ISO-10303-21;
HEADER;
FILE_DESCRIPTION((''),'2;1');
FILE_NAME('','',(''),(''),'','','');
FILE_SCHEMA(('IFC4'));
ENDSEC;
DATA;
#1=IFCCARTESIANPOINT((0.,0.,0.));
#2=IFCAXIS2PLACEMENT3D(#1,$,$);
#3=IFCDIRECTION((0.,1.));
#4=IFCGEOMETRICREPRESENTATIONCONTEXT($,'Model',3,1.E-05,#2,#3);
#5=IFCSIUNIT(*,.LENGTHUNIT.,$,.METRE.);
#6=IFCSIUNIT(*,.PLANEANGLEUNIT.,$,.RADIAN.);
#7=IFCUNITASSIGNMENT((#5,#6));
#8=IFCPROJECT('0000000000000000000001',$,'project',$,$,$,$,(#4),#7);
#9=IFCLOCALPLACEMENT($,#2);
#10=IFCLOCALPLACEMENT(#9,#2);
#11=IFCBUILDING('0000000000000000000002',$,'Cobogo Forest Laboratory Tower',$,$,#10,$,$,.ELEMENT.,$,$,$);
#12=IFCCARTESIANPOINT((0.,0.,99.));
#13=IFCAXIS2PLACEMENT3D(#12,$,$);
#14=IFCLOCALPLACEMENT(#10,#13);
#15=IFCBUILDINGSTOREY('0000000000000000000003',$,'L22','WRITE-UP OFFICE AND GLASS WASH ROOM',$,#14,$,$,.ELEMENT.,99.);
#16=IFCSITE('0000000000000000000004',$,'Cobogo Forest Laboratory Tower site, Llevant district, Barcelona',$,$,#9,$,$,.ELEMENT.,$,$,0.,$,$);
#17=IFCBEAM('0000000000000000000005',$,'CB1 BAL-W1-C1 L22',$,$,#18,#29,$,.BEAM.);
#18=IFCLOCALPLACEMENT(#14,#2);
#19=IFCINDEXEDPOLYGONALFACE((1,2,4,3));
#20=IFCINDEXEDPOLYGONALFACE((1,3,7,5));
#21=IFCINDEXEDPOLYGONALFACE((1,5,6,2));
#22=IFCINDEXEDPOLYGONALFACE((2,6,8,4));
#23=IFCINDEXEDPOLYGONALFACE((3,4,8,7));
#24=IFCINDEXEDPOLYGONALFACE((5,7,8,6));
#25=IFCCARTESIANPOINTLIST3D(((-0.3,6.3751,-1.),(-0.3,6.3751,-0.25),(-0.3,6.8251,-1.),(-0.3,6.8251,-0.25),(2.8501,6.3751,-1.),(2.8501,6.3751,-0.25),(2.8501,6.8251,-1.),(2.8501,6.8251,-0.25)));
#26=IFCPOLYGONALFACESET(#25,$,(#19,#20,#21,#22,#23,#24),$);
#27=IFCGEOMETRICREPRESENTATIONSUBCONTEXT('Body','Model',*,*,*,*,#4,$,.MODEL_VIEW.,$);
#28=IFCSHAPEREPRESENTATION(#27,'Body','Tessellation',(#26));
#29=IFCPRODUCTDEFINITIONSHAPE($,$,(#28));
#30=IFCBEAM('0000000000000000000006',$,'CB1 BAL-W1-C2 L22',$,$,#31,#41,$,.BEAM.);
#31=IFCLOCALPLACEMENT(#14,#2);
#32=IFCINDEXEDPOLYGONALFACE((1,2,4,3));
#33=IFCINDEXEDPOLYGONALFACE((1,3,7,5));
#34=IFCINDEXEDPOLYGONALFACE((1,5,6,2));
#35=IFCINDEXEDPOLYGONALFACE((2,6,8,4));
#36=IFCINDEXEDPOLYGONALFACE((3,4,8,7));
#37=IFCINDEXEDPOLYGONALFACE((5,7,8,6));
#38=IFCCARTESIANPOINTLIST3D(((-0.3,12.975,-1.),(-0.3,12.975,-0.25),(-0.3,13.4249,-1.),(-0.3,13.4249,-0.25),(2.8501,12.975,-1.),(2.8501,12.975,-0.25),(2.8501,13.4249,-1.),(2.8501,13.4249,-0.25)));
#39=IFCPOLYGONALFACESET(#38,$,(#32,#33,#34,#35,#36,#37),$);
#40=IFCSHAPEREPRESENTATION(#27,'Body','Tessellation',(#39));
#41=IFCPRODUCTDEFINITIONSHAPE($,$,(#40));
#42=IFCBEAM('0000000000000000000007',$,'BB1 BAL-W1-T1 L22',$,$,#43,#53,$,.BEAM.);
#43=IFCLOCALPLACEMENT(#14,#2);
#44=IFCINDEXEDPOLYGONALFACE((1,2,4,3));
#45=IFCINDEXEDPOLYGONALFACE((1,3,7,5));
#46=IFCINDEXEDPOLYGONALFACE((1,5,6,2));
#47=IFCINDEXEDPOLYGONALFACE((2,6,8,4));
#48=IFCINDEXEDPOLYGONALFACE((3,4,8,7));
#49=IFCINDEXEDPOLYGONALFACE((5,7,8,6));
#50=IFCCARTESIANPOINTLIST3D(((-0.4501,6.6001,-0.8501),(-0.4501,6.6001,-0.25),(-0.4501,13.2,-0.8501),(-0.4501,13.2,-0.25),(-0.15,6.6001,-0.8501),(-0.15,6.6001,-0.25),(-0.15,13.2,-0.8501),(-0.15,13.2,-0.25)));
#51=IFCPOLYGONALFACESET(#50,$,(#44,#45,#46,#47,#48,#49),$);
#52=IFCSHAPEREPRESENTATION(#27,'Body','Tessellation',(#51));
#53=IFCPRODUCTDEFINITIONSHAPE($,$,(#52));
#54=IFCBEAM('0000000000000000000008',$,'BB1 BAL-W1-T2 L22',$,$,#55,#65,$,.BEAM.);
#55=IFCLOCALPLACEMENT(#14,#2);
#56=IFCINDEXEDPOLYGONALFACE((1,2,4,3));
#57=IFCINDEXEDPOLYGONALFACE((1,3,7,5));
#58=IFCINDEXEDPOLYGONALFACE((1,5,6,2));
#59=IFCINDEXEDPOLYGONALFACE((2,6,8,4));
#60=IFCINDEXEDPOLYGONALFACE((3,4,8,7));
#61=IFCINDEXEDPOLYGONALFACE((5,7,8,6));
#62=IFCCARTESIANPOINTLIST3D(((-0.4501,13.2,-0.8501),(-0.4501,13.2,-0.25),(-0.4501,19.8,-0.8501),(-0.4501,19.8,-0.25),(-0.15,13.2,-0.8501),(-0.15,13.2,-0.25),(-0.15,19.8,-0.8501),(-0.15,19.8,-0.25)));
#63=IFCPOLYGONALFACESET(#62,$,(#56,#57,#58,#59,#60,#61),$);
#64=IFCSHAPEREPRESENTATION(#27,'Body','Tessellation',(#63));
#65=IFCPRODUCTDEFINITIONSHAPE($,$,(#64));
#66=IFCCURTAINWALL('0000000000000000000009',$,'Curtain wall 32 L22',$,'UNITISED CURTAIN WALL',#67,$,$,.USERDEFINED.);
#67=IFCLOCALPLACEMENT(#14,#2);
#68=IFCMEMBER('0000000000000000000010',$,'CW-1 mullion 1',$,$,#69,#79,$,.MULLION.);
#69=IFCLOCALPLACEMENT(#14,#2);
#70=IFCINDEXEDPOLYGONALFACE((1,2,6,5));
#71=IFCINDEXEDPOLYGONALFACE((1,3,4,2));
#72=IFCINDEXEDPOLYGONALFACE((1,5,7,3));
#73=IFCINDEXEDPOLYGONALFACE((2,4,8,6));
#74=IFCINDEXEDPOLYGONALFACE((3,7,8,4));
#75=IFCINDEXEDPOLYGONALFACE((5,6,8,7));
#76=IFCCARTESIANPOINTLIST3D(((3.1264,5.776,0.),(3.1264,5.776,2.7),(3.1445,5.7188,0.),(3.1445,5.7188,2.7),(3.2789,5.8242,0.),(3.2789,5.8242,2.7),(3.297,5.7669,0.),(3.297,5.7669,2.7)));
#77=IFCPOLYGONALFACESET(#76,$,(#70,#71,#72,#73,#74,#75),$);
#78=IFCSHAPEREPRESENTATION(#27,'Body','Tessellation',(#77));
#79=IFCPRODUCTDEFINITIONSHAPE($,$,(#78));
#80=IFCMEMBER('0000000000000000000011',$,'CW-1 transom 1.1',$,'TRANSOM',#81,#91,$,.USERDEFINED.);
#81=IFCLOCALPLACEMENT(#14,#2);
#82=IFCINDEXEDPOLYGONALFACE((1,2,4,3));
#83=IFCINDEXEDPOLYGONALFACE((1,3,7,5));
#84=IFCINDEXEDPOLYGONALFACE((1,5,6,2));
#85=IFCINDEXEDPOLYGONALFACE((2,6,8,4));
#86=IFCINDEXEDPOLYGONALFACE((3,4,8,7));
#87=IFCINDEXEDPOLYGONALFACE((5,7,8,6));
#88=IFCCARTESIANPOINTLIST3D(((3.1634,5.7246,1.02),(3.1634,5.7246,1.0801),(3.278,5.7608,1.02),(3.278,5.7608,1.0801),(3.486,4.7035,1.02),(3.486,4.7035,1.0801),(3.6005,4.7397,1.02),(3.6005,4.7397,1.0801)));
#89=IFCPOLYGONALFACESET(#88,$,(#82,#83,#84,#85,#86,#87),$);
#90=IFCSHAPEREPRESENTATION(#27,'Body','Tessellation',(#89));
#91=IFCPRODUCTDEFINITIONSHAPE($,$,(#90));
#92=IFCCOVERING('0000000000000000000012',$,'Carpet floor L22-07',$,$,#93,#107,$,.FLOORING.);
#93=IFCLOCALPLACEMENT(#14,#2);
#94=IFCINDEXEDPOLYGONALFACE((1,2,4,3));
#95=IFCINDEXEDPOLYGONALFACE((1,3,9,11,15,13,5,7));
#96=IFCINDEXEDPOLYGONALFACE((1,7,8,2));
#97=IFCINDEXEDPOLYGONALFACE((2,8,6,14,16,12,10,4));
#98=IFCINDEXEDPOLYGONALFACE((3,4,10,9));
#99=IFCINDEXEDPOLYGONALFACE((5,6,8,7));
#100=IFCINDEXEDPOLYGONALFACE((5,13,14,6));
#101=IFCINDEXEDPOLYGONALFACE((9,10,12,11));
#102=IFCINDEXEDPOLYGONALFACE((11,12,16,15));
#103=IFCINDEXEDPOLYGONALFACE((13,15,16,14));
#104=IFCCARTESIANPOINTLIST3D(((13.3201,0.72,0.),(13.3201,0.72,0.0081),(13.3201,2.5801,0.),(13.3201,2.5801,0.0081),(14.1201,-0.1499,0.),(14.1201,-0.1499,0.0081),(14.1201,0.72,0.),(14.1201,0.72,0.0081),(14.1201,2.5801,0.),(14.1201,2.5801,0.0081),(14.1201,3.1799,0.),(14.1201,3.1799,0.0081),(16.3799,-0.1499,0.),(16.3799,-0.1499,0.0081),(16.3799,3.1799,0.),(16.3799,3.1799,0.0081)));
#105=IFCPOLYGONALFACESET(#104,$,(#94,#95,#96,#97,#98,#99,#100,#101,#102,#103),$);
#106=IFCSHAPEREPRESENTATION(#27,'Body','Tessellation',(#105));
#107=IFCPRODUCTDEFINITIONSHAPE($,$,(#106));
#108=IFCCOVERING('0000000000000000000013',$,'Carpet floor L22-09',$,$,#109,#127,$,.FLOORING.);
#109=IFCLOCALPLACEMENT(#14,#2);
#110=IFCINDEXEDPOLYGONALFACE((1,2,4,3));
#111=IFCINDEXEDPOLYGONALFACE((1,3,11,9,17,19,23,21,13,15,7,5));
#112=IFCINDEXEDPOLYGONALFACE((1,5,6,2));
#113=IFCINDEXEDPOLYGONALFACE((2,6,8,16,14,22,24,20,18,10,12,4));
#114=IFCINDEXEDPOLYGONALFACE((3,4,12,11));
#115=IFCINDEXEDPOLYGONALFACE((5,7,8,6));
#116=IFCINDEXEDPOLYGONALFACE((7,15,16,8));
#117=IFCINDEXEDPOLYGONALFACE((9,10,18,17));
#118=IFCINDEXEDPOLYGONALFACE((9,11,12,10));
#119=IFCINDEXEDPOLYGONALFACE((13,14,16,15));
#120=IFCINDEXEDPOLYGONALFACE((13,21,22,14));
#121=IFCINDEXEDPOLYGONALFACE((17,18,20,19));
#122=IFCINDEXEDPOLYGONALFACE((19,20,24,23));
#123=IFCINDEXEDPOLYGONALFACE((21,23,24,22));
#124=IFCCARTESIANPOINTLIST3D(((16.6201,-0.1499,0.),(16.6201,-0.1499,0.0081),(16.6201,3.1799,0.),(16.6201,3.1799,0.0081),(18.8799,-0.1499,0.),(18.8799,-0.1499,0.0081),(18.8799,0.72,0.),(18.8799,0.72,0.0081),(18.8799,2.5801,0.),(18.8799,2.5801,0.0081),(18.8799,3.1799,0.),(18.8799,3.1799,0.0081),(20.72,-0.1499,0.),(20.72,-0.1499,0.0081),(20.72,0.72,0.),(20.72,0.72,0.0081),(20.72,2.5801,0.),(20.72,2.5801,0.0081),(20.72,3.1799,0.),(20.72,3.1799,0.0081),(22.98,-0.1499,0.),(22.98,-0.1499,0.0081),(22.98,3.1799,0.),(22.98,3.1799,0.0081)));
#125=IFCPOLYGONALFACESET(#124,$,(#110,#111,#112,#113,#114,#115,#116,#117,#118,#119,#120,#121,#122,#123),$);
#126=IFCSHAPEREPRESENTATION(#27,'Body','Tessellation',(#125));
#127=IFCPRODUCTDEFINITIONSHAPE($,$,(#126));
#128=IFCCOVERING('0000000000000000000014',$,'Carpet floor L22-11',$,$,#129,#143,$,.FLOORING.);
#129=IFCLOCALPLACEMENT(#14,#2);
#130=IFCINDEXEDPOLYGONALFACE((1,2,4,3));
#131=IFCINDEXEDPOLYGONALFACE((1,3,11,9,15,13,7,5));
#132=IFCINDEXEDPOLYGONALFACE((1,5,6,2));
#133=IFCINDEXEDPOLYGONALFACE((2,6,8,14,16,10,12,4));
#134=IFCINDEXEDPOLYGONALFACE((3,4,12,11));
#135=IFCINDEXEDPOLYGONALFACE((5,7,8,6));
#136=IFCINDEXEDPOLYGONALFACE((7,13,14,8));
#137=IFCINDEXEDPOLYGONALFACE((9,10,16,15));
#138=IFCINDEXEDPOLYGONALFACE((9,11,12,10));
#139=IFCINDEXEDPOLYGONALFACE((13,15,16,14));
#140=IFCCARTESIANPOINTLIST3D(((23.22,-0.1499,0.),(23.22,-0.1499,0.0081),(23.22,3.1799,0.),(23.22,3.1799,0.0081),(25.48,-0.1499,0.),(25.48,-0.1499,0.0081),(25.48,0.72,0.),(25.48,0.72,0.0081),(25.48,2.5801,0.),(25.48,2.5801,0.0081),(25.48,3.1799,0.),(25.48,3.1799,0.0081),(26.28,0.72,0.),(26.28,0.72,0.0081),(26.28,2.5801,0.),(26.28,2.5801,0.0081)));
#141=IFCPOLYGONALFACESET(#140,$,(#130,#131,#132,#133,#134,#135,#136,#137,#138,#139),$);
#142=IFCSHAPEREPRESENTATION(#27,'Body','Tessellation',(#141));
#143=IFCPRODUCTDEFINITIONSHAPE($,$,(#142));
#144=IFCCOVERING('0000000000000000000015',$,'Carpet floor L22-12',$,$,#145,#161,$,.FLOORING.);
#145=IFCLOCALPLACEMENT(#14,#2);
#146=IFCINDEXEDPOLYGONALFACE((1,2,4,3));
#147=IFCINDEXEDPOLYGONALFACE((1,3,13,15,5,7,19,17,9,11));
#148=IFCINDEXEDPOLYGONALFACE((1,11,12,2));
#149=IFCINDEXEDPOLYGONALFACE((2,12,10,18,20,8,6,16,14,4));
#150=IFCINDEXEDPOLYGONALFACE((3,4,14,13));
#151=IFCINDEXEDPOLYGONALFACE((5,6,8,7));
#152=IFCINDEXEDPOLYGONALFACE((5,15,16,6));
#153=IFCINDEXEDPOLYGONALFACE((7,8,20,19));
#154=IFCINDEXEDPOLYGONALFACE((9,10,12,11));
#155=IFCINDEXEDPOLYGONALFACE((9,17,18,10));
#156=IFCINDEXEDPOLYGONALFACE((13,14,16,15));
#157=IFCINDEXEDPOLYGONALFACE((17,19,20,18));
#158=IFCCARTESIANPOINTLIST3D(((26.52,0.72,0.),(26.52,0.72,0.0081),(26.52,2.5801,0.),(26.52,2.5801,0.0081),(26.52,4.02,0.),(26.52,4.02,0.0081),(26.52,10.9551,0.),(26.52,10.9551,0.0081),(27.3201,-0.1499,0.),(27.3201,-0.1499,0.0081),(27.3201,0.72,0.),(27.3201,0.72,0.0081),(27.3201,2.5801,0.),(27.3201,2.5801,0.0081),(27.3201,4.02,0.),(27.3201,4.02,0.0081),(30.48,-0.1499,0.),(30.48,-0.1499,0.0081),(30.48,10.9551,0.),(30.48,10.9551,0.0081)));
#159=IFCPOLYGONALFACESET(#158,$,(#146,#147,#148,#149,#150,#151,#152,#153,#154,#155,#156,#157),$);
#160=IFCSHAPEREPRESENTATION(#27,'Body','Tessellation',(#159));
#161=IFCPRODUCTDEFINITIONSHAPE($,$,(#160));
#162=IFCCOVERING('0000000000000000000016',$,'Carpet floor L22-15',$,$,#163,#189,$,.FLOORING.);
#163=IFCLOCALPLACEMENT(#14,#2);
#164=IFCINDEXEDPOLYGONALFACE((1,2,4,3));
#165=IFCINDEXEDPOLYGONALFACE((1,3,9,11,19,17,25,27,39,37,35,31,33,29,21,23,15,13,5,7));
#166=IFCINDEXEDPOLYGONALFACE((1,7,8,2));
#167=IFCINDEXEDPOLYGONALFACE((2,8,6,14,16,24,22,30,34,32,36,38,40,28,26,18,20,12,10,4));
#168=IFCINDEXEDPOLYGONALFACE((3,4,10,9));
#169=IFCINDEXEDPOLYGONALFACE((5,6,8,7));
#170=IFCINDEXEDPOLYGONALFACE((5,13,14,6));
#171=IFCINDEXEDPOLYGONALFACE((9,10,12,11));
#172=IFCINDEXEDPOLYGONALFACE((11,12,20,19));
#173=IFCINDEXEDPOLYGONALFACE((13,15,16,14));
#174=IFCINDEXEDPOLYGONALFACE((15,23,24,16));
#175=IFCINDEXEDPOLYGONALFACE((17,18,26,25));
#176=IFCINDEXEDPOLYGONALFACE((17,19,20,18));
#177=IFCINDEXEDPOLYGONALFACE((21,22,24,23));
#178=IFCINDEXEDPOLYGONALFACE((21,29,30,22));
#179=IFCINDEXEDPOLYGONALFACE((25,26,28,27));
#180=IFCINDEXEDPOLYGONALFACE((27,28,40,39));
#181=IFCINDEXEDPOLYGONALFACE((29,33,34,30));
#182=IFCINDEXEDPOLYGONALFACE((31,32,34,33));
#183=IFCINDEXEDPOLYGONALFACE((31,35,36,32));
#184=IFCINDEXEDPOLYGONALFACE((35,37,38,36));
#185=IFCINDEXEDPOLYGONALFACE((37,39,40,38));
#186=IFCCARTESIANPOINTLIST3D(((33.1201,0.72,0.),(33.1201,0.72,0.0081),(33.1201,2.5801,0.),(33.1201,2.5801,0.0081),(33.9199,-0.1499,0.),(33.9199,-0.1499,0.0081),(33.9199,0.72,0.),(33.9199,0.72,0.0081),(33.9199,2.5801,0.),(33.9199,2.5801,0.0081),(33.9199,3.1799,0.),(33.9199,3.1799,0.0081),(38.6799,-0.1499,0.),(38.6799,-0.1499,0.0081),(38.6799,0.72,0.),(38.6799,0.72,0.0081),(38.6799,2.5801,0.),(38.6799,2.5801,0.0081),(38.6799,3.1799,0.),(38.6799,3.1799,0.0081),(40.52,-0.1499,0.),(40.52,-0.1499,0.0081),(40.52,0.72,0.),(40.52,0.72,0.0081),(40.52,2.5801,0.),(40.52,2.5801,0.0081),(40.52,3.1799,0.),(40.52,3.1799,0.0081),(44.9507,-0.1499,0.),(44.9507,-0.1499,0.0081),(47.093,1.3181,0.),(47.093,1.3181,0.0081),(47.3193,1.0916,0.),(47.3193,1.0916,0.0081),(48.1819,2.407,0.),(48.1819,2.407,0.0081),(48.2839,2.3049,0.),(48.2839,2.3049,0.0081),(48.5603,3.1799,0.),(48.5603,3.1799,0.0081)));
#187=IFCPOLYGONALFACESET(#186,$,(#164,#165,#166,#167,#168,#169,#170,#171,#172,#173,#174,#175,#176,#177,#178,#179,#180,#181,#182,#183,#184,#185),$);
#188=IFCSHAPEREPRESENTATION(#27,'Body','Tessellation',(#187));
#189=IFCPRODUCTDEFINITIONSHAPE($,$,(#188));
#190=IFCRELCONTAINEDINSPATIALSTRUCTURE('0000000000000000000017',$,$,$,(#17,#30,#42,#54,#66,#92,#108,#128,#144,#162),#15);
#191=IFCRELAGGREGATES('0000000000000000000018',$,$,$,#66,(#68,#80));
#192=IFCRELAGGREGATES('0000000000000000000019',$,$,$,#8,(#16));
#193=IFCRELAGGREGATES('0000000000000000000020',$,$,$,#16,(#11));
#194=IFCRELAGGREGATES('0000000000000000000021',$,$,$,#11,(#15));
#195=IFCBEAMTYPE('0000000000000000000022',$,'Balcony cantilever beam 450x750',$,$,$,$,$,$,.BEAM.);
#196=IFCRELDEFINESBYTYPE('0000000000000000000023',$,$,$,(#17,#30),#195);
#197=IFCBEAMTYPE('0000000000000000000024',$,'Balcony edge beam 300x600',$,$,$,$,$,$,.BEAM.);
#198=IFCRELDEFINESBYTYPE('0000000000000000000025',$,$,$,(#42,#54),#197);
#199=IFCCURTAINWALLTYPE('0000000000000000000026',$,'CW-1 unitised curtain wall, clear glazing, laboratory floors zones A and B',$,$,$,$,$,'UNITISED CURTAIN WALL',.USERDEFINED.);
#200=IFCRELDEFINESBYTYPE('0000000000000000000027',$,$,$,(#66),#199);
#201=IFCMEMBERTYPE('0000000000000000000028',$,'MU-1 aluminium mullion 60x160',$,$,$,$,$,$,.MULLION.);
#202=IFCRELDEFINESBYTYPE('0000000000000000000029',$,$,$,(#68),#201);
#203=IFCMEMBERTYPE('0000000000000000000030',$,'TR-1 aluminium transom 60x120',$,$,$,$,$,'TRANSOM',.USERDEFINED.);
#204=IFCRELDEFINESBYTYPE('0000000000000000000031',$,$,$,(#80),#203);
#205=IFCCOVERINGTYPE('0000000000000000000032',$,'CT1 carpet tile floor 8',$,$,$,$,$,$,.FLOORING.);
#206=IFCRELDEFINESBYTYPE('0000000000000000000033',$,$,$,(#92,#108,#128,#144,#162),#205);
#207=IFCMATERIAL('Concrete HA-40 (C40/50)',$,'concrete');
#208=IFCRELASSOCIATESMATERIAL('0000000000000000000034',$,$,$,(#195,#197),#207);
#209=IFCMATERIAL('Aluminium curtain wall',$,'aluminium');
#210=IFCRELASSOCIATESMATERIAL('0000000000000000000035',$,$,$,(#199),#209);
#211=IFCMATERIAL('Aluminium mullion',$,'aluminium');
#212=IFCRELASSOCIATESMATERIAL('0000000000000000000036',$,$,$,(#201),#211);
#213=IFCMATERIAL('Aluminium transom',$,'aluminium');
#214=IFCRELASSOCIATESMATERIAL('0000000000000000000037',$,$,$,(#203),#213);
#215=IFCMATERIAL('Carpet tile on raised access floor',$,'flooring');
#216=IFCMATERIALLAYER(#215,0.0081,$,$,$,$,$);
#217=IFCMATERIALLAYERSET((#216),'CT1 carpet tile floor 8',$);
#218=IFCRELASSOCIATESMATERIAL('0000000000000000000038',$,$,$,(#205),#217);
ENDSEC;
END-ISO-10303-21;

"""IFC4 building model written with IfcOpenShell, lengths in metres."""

from ifc_helpers import new_model, si_unit, direction, frame, origin, origin_2d, place, context, subcontext, project, spatial, polyline, rectangle, outline, extrude, material, layer, layer_set, material_profile, profile_set, type_object, element, aggregate, save


model = new_model("IFC4")

# Units and contexts
model_context = context("Model", 3, precision=1e-05, world=origin(), true_north=direction((0.0, 1.0)))
body_context = subcontext(model_context, "Body", "Model", "MODEL_VIEW")
ifc_project = project(units=[si_unit("LENGTHUNIT", "METRE"), si_unit("PLANEANGLEUNIT", "RADIAN")], contexts=[model_context])

# Site, building, storey
site_placement = place(None, origin())
site = spatial("IfcSite", under=ifc_project, at=site_placement, Name="Cobogo Forest Laboratory Tower site, Llevant district, Barcelona", CompositionType="ELEMENT", RefElevation=0.0)
building_placement = place(site_placement, origin())
building = spatial("IfcBuilding", under=site, at=building_placement, Name="Cobogo Forest Laboratory Tower", CompositionType="ELEMENT")
storey_placement = place(building_placement, frame((0.0, 0.0, 99.0)))
storey = spatial("IfcBuildingStorey", under=building, at=storey_placement, Name="L22", Description="WRITE-UP OFFICE AND GLASS WASH ROOM", CompositionType="ELEMENT", Elevation=99.0)

# Beams
ifc_material_1 = material(Name="Concrete HA-40 (C40/50)", Category="concrete")
ifc_material_profile_1 = material_profile(ifc_material_1, rectangle(XDim=0.45, YDim=0.75, at=origin_2d()), Name="RC 450x750")
ifc_profile_set_1 = profile_set([ifc_material_profile_1], Name="Concrete HA-40 (C40/50)")
beam_type_1 = type_object("IfcBeamType", Name="Balcony cantilever beam 450x750", PredefinedType="BEAM", material=ifc_profile_set_1)
for number, where, z_axis, x_axis, name in (
    (1, (2.8501, 6.6001, -0.625), (-1.0, 0.0, 0.0), (0.0, -1.0, 0.0), "CB1 BAL-W1-C1 L22"),
    (2, (2.8501, 13.2, -0.625), (-1.0, 0.0, 0.0), (0.0, -1.0, 0.0), "CB1 BAL-W1-C2 L22"),
):
    element("IfcBeam", number, at=place(storey_placement, frame(where, z_axis=z_axis, x_axis=x_axis)), inside=storey, type_object=beam_type_1, Name=name, PredefinedType="BEAM", context=body_context, shape_type="SweptSolid", body=[
        extrude(rectangle(XDim=0.45, YDim=0.75, at=origin_2d()), origin(), (0.0, 0.0, 1.0), 3.1501),
    ])
ifc_material_profile_2 = material_profile(ifc_material_1, rectangle(XDim=0.3, YDim=0.6001, at=origin_2d()), Name="RC 300x600")
ifc_profile_set_2 = profile_set([ifc_material_profile_2], Name="Concrete HA-40 (C40/50)")
beam_type_2 = type_object("IfcBeamType", Name="Balcony edge beam 300x600", PredefinedType="BEAM", material=ifc_profile_set_2)
beam_1_placement = place(storey_placement, frame((-0.3, 6.6001, -0.55), z_axis=(0.0, 1.0, 0.0), x_axis=(-1.0, 0.0, 0.0)))
element("IfcBeam", 3, at=beam_1_placement, inside=storey, type_object=beam_type_2, Name="BB1 BAL-W1-T1 L22", PredefinedType="BEAM", context=body_context, shape_type="SweptSolid", body=[
    extrude(rectangle(XDim=0.3, YDim=0.6001, at=origin_2d()), origin(), (0.0, 0.0, 1.0), 6.5999),
])
beam_2_placement = place(storey_placement, frame((-0.3, 13.2, -0.55), z_axis=(0.0, 1.0, 0.0), x_axis=(-1.0, 0.0, 0.0)))
element("IfcBeam", 4, at=beam_2_placement, inside=storey, type_object=beam_type_2, Name="BB1 BAL-W1-T2 L22", PredefinedType="BEAM", context=body_context, shape_type="SweptSolid", body=[
    extrude(rectangle(XDim=0.3, YDim=0.6001, at=origin_2d()), origin(), (0.0, 0.0, 1.0), 6.6001),
])

# Curtain wall, members
ifc_material_2 = material(Name="Aluminium curtain wall", Category="aluminium")
curtain_wall_type = type_object("IfcCurtainWallType", Name="CW-1 unitised curtain wall, clear glazing, laboratory floors zones A and B", ElementType="UNITISED CURTAIN WALL", PredefinedType="USERDEFINED", material=ifc_material_2)
curtain_wall_placement = place(storey_placement, origin())
curtain_wall = element("IfcCurtainWall", 5, at=curtain_wall_placement, inside=storey, type_object=curtain_wall_type, Name="Curtain wall 32 L22", ObjectType="UNITISED CURTAIN WALL", PredefinedType="USERDEFINED")
ifc_material_3 = material(Name="Aluminium mullion", Category="aluminium")
ifc_material_profile_3 = material_profile(ifc_material_3, rectangle(XDim=0.0601, YDim=0.1599, at=origin_2d()), Name="AL 60x160")
ifc_profile_set_3 = profile_set([ifc_material_profile_3], Name="Aluminium mullion")
member_type_1 = type_object("IfcMemberType", Name="MU-1 aluminium mullion 60x160", PredefinedType="MULLION", material=ifc_profile_set_3)
member_1_placement = place(storey_placement, frame((3.2117, 5.7715, 0.0), z_axis=(0.0, 0.0, 1.0), x_axis=(0.301136, -0.953581, 0.0)))
member_1 = element("IfcMember", 6, at=member_1_placement, type_object=member_type_1, Name="CW-1 mullion 1", PredefinedType="MULLION", context=body_context, shape_type="SweptSolid", body=[
    extrude(rectangle(XDim=0.0601, YDim=0.1599, at=origin_2d()), origin(), (0.0, 0.0, 1.0), 2.7),
])
ifc_material_4 = material(Name="Aluminium transom", Category="aluminium")
ifc_material_profile_4 = material_profile(ifc_material_4, rectangle(XDim=0.1201, YDim=0.0601, at=origin_2d()), Name="AL 60x120")
ifc_profile_set_4 = profile_set([ifc_material_profile_4], Name="Aluminium transom")
member_type_2 = type_object("IfcMemberType", Name="TR-1 aluminium transom 60x120", ElementType="TRANSOM", PredefinedType="USERDEFINED", material=ifc_profile_set_4)
member_2_placement = place(storey_placement, frame((3.2207, 5.7427, 1.05), z_axis=(0.301208, -0.953559, 0.0), x_axis=(0.953559, 0.301208, 0.0)))
member_2 = element("IfcMember", 7, at=member_2_placement, type_object=member_type_2, Name="CW-1 transom 1.1", ObjectType="TRANSOM", PredefinedType="USERDEFINED", context=body_context, shape_type="SweptSolid", body=[
    extrude(rectangle(XDim=0.1201, YDim=0.0601, at=origin_2d()), origin(), (0.0, 0.0, 1.0), 1.0708),
])
aggregate(curtain_wall, [member_1, member_2])

# Coverings
ifc_material_5 = material(Name="Carpet tile on raised access floor", Category="flooring")
ifc_layer_1 = layer(ifc_material_5, 0.0081)
ifc_layer_set_1 = layer_set([ifc_layer_1], Name="CT1 carpet tile floor 8")
covering_type_1 = type_object("IfcCoveringType", Name="CT1 carpet tile floor 8", PredefinedType="FLOORING", material=ifc_layer_set_1)
covering_1_placement = place(storey_placement, origin())
element("IfcCovering", 8, at=covering_1_placement, inside=storey, type_object=covering_type_1, Name="Carpet floor L22-07", PredefinedType="FLOORING", context=body_context, shape_type="SweptSolid", body=[
    extrude(outline(polyline([(16.3799, 3.1799), (16.3799, -0.1499), (14.1201, -0.1499), (14.1201, 0.72), (13.3201, 0.72), (13.3201, 2.5801), (14.1201, 2.5801), (14.1201, 3.1799), (16.3799, 3.1799)])), origin(), (0.0, 0.0, 1.0), 0.0081),
])
covering_2_placement = place(storey_placement, origin())
element("IfcCovering", 9, at=covering_2_placement, inside=storey, type_object=covering_type_1, Name="Carpet floor L22-09", PredefinedType="FLOORING", context=body_context, shape_type="SweptSolid", body=[
    extrude(outline(polyline([(18.8799, 3.1799), (18.8799, 2.5801), (20.72, 2.5801), (20.72, 3.1799), (22.98, 3.1799), (22.98, -0.1499), (20.72, -0.1499), (20.72, 0.72), (18.8799, 0.72), (18.8799, -0.1499), (16.6201, -0.1499), (16.6201, 3.1799), (18.8799, 3.1799)])), origin(), (0.0, 0.0, 1.0), 0.0081),
])
covering_3_placement = place(storey_placement, origin())
element("IfcCovering", 10, at=covering_3_placement, inside=storey, type_object=covering_type_1, Name="Carpet floor L22-11", PredefinedType="FLOORING", context=body_context, shape_type="SweptSolid", body=[
    extrude(outline(polyline([(25.48, 3.1799), (25.48, 2.5801), (26.28, 2.5801), (26.28, 0.72), (25.48, 0.72), (25.48, -0.1499), (23.22, -0.1499), (23.22, 3.1799), (25.48, 3.1799)])), origin(), (0.0, 0.0, 1.0), 0.0081),
])
covering_4_placement = place(storey_placement, origin())
element("IfcCovering", 11, at=covering_4_placement, inside=storey, type_object=covering_type_1, Name="Carpet floor L22-12", PredefinedType="FLOORING", context=body_context, shape_type="SweptSolid", body=[
    extrude(outline(polyline([(30.48, 10.9551), (30.48, -0.1499), (27.3201, -0.1499), (27.3201, 0.72), (26.52, 0.72), (26.52, 2.5801), (27.3201, 2.5801), (27.3201, 4.02), (26.52, 4.02), (26.52, 10.9551), (30.48, 10.9551)])), origin(), (0.0, 0.0, 1.0), 0.0081),
])
covering_5_placement = place(storey_placement, origin())
element("IfcCovering", 12, at=covering_5_placement, inside=storey, type_object=covering_type_1, Name="Carpet floor L22-15", PredefinedType="FLOORING", context=body_context, shape_type="SweptSolid", body=[
    extrude(outline(polyline([(38.6799, 3.1799), (38.6799, 2.5801), (40.52, 2.5801), (40.52, 3.1799), (48.5603, 3.1799), (48.2839, 2.3049), (48.1819, 2.407), (47.093, 1.3181), (47.3193, 1.0916), (44.9507, -0.1499), (40.52, -0.1499), (40.52, 0.72), (38.6799, 0.72), (38.6799, -0.1499), (33.9199, -0.1499), (33.9199, 0.72), (33.1201, 0.72), (33.1201, 2.5801), (33.9199, 2.5801), (33.9199, 3.1799), (38.6799, 3.1799)])), origin(), (0.0, 0.0, 1.0), 0.0081),
])

save(model, "model.ifc")
